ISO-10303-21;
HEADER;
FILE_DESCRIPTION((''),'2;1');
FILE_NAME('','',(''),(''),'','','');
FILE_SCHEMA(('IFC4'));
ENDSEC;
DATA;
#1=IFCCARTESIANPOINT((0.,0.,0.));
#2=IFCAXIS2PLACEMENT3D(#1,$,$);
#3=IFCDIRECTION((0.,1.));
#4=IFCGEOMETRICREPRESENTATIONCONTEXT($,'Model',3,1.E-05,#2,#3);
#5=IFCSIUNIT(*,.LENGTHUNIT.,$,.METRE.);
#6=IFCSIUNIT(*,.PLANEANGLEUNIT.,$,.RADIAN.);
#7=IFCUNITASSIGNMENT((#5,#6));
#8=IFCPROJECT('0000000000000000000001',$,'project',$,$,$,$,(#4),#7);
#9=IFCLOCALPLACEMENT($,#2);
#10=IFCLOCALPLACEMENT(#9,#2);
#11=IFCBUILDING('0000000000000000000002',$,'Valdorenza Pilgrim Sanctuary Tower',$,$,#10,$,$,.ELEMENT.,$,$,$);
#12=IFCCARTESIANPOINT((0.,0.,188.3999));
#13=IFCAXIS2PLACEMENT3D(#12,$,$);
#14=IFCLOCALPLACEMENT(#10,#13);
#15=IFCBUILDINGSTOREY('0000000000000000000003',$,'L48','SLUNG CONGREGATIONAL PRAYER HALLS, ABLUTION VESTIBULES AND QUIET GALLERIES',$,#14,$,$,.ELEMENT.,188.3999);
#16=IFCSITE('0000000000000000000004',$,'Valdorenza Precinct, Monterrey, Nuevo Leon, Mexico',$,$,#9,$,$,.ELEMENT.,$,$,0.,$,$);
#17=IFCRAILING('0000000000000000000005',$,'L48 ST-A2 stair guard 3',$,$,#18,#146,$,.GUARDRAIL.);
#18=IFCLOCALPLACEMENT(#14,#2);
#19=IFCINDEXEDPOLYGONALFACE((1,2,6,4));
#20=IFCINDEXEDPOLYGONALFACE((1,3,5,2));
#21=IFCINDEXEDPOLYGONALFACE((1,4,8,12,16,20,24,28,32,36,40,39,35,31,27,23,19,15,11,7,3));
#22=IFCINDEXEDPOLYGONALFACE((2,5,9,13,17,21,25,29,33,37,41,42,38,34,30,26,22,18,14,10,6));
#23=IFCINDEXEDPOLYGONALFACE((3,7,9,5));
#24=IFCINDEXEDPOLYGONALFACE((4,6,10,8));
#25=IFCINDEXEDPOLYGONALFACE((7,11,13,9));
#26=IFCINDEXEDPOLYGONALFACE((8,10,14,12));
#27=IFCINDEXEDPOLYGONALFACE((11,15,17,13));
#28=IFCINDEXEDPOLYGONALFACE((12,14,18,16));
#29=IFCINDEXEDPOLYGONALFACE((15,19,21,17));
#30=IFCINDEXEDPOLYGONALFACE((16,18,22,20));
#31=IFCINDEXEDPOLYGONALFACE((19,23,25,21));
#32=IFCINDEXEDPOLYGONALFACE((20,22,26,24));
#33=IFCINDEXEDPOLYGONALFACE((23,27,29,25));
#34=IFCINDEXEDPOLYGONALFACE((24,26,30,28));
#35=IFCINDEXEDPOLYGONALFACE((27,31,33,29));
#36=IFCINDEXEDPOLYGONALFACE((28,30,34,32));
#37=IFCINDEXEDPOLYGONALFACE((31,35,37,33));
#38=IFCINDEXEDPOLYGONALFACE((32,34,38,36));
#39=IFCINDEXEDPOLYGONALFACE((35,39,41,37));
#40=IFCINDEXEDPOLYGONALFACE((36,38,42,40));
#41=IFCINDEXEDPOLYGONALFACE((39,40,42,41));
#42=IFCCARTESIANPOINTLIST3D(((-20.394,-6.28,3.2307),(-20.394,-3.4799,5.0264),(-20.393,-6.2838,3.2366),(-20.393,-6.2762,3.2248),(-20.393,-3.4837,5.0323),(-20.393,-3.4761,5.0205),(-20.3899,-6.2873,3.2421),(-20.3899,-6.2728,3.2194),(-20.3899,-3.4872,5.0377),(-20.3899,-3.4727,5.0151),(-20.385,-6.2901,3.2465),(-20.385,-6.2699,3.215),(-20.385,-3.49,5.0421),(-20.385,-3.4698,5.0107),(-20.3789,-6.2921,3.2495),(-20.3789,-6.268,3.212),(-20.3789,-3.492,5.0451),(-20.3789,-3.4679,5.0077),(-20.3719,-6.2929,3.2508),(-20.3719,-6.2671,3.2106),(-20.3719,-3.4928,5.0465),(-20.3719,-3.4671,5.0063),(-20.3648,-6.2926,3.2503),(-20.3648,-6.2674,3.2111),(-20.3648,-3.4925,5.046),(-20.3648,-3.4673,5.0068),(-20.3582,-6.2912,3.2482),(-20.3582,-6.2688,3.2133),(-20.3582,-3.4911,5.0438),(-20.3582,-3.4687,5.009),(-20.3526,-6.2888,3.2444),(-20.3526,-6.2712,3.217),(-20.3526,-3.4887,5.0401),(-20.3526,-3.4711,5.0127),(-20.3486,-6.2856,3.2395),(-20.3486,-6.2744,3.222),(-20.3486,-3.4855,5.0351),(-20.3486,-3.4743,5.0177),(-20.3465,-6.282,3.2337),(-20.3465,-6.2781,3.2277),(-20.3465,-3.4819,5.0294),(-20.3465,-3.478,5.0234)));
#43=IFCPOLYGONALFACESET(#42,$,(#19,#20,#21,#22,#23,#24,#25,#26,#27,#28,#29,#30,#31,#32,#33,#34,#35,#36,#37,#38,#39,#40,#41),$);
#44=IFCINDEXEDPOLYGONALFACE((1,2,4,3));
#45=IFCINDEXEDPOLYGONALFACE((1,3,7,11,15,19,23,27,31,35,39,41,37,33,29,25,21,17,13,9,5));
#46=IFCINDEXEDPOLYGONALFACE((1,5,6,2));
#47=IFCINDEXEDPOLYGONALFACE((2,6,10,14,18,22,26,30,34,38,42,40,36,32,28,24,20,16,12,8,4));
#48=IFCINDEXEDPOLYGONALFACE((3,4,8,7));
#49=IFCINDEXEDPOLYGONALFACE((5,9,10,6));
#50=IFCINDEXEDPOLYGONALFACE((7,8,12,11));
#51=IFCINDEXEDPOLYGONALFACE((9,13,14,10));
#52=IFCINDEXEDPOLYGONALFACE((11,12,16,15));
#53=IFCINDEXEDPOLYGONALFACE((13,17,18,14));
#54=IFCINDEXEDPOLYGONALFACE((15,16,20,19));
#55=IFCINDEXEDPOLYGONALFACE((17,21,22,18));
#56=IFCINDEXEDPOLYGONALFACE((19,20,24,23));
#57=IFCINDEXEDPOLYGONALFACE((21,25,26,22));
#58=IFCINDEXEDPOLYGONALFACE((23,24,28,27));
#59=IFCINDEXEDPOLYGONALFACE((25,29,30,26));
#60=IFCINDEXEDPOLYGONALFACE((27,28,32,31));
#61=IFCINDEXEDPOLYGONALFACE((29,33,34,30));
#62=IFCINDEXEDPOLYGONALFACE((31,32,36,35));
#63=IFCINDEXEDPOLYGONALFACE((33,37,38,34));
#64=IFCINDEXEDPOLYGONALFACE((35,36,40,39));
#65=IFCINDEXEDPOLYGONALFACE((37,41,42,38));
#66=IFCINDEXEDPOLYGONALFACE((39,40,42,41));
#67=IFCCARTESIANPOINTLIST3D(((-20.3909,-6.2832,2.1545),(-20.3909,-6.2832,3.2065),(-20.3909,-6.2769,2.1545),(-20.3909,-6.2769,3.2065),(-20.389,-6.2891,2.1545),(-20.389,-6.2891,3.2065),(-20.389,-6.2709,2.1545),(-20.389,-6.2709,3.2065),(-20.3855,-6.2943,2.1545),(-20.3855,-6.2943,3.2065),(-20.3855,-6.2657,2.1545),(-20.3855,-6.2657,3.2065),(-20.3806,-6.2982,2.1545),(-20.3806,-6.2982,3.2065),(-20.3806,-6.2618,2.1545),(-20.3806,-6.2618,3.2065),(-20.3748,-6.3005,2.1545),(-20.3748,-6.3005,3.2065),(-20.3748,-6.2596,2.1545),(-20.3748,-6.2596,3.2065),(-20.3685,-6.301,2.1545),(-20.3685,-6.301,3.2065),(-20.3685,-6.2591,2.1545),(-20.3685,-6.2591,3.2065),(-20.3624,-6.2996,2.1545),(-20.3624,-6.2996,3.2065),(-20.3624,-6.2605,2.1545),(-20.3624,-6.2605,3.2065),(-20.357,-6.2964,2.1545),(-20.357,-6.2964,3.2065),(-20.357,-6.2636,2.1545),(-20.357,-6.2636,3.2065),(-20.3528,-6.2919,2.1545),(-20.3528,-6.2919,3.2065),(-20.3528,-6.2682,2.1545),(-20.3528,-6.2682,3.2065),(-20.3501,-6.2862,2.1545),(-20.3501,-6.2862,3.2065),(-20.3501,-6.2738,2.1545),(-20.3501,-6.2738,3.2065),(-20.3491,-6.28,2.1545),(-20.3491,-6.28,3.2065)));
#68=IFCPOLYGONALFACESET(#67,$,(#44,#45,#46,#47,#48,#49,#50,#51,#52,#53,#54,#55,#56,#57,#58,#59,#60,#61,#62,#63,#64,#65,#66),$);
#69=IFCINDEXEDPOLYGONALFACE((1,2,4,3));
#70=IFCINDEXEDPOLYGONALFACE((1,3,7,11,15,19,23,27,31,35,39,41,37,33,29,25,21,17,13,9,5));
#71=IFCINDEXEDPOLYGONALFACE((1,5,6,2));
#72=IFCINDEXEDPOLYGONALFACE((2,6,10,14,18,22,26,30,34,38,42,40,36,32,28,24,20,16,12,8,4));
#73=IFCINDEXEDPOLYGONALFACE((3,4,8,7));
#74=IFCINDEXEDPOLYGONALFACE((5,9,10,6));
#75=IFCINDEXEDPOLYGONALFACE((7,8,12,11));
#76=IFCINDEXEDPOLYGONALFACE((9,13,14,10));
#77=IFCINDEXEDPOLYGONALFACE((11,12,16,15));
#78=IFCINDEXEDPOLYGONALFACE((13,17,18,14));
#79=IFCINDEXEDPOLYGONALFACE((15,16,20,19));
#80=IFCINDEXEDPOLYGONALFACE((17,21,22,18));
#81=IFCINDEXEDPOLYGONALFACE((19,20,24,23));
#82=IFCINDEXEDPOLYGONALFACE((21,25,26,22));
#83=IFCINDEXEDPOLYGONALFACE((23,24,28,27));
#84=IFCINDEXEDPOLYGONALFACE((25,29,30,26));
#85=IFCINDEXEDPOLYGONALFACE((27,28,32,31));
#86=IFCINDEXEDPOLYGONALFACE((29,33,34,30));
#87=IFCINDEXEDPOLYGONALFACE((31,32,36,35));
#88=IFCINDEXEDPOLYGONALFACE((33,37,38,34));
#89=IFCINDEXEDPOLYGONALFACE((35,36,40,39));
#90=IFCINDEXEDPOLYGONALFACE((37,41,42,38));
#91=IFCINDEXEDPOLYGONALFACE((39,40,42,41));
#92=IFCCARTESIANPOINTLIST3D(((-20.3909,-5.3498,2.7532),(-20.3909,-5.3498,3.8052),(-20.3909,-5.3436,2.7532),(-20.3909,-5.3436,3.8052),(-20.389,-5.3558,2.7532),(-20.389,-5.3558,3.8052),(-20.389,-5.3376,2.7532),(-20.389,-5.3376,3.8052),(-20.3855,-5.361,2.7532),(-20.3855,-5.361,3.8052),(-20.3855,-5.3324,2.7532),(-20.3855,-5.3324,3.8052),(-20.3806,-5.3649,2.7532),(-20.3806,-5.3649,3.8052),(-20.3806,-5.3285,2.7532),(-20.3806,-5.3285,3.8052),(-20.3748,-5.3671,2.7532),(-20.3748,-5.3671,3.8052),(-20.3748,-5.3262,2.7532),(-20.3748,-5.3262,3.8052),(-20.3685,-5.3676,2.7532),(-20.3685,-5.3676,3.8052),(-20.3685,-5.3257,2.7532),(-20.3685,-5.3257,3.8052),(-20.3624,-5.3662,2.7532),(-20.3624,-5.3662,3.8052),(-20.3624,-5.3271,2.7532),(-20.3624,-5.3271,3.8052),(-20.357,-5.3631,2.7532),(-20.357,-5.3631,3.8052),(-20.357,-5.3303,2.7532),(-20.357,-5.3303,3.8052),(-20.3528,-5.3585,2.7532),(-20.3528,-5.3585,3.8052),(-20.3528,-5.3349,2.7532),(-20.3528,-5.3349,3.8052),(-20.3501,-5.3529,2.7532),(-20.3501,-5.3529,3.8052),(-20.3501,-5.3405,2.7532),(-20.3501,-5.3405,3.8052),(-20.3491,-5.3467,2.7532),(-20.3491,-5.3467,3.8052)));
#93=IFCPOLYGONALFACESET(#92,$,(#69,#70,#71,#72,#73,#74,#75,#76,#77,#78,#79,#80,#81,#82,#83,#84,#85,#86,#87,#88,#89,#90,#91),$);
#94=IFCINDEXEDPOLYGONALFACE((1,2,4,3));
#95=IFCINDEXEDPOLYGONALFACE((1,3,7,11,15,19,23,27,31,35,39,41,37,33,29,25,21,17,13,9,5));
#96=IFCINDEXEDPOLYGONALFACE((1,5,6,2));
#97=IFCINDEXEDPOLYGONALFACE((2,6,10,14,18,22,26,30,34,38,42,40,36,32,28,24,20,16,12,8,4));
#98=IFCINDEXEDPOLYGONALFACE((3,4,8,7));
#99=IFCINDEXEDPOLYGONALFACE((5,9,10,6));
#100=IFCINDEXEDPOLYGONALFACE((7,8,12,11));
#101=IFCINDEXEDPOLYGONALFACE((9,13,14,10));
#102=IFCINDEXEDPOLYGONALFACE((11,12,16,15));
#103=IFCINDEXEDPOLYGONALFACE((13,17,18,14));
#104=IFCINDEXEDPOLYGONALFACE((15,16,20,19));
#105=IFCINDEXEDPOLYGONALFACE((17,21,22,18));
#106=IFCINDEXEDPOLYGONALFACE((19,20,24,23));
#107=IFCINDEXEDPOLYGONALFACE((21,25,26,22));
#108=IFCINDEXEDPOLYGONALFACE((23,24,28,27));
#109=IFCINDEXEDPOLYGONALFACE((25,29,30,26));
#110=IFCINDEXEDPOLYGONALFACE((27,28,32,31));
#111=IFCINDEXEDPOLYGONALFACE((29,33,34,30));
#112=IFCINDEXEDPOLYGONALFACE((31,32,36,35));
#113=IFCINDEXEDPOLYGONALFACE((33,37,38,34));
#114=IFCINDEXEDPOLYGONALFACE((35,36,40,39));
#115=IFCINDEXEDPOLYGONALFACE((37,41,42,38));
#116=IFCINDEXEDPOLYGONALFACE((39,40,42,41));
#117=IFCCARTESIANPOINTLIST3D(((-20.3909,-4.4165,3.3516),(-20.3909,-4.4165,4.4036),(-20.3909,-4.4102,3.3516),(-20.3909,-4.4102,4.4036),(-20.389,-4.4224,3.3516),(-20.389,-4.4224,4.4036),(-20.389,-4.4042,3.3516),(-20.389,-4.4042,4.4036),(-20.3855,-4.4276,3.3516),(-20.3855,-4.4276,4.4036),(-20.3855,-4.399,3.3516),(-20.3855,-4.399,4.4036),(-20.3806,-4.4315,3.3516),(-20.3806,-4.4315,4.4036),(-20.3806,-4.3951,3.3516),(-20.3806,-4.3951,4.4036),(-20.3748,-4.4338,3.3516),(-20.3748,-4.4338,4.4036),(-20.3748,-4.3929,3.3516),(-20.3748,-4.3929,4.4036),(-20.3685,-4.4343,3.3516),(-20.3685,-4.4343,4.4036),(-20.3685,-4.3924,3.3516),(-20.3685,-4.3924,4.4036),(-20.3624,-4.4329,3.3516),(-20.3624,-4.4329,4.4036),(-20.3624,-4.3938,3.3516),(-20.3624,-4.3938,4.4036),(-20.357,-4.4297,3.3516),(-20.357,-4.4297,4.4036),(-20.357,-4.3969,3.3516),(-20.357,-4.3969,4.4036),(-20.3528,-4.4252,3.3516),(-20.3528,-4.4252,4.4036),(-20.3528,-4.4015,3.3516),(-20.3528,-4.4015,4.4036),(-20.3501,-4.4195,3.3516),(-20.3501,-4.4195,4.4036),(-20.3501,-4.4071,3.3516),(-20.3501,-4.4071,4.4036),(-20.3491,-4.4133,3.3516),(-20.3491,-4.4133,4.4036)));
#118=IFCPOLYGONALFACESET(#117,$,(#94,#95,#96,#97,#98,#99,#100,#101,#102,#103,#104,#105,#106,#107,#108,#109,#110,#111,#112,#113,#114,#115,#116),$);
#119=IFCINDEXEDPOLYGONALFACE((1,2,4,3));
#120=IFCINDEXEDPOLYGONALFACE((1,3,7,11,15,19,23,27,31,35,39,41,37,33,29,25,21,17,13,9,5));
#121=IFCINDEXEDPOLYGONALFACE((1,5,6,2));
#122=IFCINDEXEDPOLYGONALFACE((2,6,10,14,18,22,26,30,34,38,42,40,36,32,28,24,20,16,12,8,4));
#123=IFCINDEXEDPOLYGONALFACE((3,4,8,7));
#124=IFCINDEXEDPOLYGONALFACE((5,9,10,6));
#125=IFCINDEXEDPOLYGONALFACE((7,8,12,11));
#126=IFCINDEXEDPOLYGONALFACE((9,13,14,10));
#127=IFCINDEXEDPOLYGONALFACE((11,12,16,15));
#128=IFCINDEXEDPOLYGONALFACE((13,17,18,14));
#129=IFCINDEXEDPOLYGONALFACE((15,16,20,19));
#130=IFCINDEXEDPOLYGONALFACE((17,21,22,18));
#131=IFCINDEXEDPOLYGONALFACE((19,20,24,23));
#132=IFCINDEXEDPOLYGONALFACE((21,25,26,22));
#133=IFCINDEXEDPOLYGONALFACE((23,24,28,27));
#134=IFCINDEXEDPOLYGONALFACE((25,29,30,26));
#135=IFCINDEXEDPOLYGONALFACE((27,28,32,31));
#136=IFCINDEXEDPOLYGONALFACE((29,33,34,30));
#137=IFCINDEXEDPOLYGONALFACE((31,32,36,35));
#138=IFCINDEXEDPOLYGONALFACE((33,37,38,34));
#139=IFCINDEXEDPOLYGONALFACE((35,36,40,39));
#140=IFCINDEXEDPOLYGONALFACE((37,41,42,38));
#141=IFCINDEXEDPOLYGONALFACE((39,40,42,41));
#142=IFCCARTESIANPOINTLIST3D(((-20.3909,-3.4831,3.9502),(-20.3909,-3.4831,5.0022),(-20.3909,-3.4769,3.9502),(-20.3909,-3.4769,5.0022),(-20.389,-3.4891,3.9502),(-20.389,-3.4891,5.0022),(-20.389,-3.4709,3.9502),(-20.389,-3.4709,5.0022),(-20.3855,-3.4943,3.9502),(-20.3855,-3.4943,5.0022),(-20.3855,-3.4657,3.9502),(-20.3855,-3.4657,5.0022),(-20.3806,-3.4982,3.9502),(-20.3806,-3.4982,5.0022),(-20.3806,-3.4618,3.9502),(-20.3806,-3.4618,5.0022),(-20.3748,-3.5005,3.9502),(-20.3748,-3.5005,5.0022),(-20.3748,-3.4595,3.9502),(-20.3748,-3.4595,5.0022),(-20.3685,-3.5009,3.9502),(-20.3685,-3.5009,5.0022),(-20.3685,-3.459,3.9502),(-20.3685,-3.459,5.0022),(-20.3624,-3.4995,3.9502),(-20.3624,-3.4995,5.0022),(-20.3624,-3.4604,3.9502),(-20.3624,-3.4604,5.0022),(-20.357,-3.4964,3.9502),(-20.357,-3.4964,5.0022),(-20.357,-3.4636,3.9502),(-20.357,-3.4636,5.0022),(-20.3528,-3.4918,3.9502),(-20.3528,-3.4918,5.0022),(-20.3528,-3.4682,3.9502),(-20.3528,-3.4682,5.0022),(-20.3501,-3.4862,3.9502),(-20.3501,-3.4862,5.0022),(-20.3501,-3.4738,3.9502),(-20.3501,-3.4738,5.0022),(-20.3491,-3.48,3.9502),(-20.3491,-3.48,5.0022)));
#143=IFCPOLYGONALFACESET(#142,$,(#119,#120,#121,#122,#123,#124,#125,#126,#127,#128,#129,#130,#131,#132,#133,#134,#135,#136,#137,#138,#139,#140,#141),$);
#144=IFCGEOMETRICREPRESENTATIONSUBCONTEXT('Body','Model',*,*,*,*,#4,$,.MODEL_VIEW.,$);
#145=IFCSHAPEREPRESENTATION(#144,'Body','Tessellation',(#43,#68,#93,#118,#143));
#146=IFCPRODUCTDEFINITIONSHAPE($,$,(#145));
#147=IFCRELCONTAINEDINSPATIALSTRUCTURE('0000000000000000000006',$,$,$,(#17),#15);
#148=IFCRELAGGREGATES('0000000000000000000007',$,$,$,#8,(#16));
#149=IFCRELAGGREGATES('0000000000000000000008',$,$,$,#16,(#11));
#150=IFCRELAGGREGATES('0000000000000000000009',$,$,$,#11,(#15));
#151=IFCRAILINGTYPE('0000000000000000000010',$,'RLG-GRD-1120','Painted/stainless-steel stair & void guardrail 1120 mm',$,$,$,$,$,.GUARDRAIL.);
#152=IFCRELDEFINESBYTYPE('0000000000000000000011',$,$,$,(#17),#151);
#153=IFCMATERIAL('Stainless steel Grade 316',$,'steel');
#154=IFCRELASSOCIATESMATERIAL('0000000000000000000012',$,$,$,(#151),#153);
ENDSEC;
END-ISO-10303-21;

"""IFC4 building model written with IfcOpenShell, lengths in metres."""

from ifc_helpers import new_model, si_unit, direction, frame, origin, origin_2d, place, context, subcontext, project, spatial, circle, extrude, material, type_object, element, save


model = new_model("IFC4")

# Units and contexts
model_context = context("Model", 3, precision=1e-05, world=origin(), true_north=direction((0.0, 1.0)))
body_context = subcontext(model_context, "Body", "Model", "MODEL_VIEW")
ifc_project = project(units=[si_unit("LENGTHUNIT", "METRE"), si_unit("PLANEANGLEUNIT", "RADIAN")], contexts=[model_context])

# Site, building, storey
site_placement = place(None, origin())
site = spatial("IfcSite", under=ifc_project, at=site_placement, Name="Valdorenza Precinct, Monterrey, Nuevo Leon, Mexico", CompositionType="ELEMENT", RefElevation=0.0)
building_placement = place(site_placement, origin())
building = spatial("IfcBuilding", under=site, at=building_placement, Name="Valdorenza Pilgrim Sanctuary Tower", CompositionType="ELEMENT")
storey_placement = place(building_placement, frame((0.0, 0.0, 188.3999)))
storey = spatial("IfcBuildingStorey", under=building, at=storey_placement, Name="L48", Description="SLUNG CONGREGATIONAL PRAYER HALLS, ABLUTION VESTIBULES AND QUIET GALLERIES", CompositionType="ELEMENT", Elevation=188.3999)

# Railing
ifc_material_1 = material(Name="Stainless steel Grade 316", Category="steel")
railing_type_1 = type_object("IfcRailingType", Name="RLG-GRD-1120", Description="Painted/stainless-steel stair & void guardrail 1120 mm", PredefinedType="GUARDRAIL", material=ifc_material_1)
railing_1_placement = place(storey_placement, frame((-20.3701, -6.28, 2.1545)))
element("IfcRailing", 1, at=railing_1_placement, inside=storey, type_object=railing_type_1, Name="L48 ST-A2 stair guard 3", PredefinedType="GUARDRAIL", context=body_context, shape_type="SweptSolid", body=[
    extrude(circle(Radius=0.0239, at=origin_2d()), frame((0.0, 0.0, 1.0762), z_axis=(0.0, 0.841777, 0.539826), x_axis=(-1.0, 0.0, 0.0)), (0.0, 0.0, 1.0), 3.3264),
    extrude(circle(Radius=0.021, at=origin_2d()), origin(), (0.0, 0.0, 1.0), 1.052),
    extrude(circle(Radius=0.021, at=origin_2d()), frame((0.0, 0.9333, 0.5986)), (0.0, 0.0, 1.0), 1.052),
    extrude(circle(Radius=0.021, at=origin_2d()), frame((0.0, 1.8667, 1.197)), (0.0, 0.0, 1.0), 1.052),
    extrude(circle(Radius=0.021, at=origin_2d()), frame((0.0, 2.8, 1.7957)), (0.0, 0.0, 1.0), 1.052),
])

save(model, "model.ifc")
